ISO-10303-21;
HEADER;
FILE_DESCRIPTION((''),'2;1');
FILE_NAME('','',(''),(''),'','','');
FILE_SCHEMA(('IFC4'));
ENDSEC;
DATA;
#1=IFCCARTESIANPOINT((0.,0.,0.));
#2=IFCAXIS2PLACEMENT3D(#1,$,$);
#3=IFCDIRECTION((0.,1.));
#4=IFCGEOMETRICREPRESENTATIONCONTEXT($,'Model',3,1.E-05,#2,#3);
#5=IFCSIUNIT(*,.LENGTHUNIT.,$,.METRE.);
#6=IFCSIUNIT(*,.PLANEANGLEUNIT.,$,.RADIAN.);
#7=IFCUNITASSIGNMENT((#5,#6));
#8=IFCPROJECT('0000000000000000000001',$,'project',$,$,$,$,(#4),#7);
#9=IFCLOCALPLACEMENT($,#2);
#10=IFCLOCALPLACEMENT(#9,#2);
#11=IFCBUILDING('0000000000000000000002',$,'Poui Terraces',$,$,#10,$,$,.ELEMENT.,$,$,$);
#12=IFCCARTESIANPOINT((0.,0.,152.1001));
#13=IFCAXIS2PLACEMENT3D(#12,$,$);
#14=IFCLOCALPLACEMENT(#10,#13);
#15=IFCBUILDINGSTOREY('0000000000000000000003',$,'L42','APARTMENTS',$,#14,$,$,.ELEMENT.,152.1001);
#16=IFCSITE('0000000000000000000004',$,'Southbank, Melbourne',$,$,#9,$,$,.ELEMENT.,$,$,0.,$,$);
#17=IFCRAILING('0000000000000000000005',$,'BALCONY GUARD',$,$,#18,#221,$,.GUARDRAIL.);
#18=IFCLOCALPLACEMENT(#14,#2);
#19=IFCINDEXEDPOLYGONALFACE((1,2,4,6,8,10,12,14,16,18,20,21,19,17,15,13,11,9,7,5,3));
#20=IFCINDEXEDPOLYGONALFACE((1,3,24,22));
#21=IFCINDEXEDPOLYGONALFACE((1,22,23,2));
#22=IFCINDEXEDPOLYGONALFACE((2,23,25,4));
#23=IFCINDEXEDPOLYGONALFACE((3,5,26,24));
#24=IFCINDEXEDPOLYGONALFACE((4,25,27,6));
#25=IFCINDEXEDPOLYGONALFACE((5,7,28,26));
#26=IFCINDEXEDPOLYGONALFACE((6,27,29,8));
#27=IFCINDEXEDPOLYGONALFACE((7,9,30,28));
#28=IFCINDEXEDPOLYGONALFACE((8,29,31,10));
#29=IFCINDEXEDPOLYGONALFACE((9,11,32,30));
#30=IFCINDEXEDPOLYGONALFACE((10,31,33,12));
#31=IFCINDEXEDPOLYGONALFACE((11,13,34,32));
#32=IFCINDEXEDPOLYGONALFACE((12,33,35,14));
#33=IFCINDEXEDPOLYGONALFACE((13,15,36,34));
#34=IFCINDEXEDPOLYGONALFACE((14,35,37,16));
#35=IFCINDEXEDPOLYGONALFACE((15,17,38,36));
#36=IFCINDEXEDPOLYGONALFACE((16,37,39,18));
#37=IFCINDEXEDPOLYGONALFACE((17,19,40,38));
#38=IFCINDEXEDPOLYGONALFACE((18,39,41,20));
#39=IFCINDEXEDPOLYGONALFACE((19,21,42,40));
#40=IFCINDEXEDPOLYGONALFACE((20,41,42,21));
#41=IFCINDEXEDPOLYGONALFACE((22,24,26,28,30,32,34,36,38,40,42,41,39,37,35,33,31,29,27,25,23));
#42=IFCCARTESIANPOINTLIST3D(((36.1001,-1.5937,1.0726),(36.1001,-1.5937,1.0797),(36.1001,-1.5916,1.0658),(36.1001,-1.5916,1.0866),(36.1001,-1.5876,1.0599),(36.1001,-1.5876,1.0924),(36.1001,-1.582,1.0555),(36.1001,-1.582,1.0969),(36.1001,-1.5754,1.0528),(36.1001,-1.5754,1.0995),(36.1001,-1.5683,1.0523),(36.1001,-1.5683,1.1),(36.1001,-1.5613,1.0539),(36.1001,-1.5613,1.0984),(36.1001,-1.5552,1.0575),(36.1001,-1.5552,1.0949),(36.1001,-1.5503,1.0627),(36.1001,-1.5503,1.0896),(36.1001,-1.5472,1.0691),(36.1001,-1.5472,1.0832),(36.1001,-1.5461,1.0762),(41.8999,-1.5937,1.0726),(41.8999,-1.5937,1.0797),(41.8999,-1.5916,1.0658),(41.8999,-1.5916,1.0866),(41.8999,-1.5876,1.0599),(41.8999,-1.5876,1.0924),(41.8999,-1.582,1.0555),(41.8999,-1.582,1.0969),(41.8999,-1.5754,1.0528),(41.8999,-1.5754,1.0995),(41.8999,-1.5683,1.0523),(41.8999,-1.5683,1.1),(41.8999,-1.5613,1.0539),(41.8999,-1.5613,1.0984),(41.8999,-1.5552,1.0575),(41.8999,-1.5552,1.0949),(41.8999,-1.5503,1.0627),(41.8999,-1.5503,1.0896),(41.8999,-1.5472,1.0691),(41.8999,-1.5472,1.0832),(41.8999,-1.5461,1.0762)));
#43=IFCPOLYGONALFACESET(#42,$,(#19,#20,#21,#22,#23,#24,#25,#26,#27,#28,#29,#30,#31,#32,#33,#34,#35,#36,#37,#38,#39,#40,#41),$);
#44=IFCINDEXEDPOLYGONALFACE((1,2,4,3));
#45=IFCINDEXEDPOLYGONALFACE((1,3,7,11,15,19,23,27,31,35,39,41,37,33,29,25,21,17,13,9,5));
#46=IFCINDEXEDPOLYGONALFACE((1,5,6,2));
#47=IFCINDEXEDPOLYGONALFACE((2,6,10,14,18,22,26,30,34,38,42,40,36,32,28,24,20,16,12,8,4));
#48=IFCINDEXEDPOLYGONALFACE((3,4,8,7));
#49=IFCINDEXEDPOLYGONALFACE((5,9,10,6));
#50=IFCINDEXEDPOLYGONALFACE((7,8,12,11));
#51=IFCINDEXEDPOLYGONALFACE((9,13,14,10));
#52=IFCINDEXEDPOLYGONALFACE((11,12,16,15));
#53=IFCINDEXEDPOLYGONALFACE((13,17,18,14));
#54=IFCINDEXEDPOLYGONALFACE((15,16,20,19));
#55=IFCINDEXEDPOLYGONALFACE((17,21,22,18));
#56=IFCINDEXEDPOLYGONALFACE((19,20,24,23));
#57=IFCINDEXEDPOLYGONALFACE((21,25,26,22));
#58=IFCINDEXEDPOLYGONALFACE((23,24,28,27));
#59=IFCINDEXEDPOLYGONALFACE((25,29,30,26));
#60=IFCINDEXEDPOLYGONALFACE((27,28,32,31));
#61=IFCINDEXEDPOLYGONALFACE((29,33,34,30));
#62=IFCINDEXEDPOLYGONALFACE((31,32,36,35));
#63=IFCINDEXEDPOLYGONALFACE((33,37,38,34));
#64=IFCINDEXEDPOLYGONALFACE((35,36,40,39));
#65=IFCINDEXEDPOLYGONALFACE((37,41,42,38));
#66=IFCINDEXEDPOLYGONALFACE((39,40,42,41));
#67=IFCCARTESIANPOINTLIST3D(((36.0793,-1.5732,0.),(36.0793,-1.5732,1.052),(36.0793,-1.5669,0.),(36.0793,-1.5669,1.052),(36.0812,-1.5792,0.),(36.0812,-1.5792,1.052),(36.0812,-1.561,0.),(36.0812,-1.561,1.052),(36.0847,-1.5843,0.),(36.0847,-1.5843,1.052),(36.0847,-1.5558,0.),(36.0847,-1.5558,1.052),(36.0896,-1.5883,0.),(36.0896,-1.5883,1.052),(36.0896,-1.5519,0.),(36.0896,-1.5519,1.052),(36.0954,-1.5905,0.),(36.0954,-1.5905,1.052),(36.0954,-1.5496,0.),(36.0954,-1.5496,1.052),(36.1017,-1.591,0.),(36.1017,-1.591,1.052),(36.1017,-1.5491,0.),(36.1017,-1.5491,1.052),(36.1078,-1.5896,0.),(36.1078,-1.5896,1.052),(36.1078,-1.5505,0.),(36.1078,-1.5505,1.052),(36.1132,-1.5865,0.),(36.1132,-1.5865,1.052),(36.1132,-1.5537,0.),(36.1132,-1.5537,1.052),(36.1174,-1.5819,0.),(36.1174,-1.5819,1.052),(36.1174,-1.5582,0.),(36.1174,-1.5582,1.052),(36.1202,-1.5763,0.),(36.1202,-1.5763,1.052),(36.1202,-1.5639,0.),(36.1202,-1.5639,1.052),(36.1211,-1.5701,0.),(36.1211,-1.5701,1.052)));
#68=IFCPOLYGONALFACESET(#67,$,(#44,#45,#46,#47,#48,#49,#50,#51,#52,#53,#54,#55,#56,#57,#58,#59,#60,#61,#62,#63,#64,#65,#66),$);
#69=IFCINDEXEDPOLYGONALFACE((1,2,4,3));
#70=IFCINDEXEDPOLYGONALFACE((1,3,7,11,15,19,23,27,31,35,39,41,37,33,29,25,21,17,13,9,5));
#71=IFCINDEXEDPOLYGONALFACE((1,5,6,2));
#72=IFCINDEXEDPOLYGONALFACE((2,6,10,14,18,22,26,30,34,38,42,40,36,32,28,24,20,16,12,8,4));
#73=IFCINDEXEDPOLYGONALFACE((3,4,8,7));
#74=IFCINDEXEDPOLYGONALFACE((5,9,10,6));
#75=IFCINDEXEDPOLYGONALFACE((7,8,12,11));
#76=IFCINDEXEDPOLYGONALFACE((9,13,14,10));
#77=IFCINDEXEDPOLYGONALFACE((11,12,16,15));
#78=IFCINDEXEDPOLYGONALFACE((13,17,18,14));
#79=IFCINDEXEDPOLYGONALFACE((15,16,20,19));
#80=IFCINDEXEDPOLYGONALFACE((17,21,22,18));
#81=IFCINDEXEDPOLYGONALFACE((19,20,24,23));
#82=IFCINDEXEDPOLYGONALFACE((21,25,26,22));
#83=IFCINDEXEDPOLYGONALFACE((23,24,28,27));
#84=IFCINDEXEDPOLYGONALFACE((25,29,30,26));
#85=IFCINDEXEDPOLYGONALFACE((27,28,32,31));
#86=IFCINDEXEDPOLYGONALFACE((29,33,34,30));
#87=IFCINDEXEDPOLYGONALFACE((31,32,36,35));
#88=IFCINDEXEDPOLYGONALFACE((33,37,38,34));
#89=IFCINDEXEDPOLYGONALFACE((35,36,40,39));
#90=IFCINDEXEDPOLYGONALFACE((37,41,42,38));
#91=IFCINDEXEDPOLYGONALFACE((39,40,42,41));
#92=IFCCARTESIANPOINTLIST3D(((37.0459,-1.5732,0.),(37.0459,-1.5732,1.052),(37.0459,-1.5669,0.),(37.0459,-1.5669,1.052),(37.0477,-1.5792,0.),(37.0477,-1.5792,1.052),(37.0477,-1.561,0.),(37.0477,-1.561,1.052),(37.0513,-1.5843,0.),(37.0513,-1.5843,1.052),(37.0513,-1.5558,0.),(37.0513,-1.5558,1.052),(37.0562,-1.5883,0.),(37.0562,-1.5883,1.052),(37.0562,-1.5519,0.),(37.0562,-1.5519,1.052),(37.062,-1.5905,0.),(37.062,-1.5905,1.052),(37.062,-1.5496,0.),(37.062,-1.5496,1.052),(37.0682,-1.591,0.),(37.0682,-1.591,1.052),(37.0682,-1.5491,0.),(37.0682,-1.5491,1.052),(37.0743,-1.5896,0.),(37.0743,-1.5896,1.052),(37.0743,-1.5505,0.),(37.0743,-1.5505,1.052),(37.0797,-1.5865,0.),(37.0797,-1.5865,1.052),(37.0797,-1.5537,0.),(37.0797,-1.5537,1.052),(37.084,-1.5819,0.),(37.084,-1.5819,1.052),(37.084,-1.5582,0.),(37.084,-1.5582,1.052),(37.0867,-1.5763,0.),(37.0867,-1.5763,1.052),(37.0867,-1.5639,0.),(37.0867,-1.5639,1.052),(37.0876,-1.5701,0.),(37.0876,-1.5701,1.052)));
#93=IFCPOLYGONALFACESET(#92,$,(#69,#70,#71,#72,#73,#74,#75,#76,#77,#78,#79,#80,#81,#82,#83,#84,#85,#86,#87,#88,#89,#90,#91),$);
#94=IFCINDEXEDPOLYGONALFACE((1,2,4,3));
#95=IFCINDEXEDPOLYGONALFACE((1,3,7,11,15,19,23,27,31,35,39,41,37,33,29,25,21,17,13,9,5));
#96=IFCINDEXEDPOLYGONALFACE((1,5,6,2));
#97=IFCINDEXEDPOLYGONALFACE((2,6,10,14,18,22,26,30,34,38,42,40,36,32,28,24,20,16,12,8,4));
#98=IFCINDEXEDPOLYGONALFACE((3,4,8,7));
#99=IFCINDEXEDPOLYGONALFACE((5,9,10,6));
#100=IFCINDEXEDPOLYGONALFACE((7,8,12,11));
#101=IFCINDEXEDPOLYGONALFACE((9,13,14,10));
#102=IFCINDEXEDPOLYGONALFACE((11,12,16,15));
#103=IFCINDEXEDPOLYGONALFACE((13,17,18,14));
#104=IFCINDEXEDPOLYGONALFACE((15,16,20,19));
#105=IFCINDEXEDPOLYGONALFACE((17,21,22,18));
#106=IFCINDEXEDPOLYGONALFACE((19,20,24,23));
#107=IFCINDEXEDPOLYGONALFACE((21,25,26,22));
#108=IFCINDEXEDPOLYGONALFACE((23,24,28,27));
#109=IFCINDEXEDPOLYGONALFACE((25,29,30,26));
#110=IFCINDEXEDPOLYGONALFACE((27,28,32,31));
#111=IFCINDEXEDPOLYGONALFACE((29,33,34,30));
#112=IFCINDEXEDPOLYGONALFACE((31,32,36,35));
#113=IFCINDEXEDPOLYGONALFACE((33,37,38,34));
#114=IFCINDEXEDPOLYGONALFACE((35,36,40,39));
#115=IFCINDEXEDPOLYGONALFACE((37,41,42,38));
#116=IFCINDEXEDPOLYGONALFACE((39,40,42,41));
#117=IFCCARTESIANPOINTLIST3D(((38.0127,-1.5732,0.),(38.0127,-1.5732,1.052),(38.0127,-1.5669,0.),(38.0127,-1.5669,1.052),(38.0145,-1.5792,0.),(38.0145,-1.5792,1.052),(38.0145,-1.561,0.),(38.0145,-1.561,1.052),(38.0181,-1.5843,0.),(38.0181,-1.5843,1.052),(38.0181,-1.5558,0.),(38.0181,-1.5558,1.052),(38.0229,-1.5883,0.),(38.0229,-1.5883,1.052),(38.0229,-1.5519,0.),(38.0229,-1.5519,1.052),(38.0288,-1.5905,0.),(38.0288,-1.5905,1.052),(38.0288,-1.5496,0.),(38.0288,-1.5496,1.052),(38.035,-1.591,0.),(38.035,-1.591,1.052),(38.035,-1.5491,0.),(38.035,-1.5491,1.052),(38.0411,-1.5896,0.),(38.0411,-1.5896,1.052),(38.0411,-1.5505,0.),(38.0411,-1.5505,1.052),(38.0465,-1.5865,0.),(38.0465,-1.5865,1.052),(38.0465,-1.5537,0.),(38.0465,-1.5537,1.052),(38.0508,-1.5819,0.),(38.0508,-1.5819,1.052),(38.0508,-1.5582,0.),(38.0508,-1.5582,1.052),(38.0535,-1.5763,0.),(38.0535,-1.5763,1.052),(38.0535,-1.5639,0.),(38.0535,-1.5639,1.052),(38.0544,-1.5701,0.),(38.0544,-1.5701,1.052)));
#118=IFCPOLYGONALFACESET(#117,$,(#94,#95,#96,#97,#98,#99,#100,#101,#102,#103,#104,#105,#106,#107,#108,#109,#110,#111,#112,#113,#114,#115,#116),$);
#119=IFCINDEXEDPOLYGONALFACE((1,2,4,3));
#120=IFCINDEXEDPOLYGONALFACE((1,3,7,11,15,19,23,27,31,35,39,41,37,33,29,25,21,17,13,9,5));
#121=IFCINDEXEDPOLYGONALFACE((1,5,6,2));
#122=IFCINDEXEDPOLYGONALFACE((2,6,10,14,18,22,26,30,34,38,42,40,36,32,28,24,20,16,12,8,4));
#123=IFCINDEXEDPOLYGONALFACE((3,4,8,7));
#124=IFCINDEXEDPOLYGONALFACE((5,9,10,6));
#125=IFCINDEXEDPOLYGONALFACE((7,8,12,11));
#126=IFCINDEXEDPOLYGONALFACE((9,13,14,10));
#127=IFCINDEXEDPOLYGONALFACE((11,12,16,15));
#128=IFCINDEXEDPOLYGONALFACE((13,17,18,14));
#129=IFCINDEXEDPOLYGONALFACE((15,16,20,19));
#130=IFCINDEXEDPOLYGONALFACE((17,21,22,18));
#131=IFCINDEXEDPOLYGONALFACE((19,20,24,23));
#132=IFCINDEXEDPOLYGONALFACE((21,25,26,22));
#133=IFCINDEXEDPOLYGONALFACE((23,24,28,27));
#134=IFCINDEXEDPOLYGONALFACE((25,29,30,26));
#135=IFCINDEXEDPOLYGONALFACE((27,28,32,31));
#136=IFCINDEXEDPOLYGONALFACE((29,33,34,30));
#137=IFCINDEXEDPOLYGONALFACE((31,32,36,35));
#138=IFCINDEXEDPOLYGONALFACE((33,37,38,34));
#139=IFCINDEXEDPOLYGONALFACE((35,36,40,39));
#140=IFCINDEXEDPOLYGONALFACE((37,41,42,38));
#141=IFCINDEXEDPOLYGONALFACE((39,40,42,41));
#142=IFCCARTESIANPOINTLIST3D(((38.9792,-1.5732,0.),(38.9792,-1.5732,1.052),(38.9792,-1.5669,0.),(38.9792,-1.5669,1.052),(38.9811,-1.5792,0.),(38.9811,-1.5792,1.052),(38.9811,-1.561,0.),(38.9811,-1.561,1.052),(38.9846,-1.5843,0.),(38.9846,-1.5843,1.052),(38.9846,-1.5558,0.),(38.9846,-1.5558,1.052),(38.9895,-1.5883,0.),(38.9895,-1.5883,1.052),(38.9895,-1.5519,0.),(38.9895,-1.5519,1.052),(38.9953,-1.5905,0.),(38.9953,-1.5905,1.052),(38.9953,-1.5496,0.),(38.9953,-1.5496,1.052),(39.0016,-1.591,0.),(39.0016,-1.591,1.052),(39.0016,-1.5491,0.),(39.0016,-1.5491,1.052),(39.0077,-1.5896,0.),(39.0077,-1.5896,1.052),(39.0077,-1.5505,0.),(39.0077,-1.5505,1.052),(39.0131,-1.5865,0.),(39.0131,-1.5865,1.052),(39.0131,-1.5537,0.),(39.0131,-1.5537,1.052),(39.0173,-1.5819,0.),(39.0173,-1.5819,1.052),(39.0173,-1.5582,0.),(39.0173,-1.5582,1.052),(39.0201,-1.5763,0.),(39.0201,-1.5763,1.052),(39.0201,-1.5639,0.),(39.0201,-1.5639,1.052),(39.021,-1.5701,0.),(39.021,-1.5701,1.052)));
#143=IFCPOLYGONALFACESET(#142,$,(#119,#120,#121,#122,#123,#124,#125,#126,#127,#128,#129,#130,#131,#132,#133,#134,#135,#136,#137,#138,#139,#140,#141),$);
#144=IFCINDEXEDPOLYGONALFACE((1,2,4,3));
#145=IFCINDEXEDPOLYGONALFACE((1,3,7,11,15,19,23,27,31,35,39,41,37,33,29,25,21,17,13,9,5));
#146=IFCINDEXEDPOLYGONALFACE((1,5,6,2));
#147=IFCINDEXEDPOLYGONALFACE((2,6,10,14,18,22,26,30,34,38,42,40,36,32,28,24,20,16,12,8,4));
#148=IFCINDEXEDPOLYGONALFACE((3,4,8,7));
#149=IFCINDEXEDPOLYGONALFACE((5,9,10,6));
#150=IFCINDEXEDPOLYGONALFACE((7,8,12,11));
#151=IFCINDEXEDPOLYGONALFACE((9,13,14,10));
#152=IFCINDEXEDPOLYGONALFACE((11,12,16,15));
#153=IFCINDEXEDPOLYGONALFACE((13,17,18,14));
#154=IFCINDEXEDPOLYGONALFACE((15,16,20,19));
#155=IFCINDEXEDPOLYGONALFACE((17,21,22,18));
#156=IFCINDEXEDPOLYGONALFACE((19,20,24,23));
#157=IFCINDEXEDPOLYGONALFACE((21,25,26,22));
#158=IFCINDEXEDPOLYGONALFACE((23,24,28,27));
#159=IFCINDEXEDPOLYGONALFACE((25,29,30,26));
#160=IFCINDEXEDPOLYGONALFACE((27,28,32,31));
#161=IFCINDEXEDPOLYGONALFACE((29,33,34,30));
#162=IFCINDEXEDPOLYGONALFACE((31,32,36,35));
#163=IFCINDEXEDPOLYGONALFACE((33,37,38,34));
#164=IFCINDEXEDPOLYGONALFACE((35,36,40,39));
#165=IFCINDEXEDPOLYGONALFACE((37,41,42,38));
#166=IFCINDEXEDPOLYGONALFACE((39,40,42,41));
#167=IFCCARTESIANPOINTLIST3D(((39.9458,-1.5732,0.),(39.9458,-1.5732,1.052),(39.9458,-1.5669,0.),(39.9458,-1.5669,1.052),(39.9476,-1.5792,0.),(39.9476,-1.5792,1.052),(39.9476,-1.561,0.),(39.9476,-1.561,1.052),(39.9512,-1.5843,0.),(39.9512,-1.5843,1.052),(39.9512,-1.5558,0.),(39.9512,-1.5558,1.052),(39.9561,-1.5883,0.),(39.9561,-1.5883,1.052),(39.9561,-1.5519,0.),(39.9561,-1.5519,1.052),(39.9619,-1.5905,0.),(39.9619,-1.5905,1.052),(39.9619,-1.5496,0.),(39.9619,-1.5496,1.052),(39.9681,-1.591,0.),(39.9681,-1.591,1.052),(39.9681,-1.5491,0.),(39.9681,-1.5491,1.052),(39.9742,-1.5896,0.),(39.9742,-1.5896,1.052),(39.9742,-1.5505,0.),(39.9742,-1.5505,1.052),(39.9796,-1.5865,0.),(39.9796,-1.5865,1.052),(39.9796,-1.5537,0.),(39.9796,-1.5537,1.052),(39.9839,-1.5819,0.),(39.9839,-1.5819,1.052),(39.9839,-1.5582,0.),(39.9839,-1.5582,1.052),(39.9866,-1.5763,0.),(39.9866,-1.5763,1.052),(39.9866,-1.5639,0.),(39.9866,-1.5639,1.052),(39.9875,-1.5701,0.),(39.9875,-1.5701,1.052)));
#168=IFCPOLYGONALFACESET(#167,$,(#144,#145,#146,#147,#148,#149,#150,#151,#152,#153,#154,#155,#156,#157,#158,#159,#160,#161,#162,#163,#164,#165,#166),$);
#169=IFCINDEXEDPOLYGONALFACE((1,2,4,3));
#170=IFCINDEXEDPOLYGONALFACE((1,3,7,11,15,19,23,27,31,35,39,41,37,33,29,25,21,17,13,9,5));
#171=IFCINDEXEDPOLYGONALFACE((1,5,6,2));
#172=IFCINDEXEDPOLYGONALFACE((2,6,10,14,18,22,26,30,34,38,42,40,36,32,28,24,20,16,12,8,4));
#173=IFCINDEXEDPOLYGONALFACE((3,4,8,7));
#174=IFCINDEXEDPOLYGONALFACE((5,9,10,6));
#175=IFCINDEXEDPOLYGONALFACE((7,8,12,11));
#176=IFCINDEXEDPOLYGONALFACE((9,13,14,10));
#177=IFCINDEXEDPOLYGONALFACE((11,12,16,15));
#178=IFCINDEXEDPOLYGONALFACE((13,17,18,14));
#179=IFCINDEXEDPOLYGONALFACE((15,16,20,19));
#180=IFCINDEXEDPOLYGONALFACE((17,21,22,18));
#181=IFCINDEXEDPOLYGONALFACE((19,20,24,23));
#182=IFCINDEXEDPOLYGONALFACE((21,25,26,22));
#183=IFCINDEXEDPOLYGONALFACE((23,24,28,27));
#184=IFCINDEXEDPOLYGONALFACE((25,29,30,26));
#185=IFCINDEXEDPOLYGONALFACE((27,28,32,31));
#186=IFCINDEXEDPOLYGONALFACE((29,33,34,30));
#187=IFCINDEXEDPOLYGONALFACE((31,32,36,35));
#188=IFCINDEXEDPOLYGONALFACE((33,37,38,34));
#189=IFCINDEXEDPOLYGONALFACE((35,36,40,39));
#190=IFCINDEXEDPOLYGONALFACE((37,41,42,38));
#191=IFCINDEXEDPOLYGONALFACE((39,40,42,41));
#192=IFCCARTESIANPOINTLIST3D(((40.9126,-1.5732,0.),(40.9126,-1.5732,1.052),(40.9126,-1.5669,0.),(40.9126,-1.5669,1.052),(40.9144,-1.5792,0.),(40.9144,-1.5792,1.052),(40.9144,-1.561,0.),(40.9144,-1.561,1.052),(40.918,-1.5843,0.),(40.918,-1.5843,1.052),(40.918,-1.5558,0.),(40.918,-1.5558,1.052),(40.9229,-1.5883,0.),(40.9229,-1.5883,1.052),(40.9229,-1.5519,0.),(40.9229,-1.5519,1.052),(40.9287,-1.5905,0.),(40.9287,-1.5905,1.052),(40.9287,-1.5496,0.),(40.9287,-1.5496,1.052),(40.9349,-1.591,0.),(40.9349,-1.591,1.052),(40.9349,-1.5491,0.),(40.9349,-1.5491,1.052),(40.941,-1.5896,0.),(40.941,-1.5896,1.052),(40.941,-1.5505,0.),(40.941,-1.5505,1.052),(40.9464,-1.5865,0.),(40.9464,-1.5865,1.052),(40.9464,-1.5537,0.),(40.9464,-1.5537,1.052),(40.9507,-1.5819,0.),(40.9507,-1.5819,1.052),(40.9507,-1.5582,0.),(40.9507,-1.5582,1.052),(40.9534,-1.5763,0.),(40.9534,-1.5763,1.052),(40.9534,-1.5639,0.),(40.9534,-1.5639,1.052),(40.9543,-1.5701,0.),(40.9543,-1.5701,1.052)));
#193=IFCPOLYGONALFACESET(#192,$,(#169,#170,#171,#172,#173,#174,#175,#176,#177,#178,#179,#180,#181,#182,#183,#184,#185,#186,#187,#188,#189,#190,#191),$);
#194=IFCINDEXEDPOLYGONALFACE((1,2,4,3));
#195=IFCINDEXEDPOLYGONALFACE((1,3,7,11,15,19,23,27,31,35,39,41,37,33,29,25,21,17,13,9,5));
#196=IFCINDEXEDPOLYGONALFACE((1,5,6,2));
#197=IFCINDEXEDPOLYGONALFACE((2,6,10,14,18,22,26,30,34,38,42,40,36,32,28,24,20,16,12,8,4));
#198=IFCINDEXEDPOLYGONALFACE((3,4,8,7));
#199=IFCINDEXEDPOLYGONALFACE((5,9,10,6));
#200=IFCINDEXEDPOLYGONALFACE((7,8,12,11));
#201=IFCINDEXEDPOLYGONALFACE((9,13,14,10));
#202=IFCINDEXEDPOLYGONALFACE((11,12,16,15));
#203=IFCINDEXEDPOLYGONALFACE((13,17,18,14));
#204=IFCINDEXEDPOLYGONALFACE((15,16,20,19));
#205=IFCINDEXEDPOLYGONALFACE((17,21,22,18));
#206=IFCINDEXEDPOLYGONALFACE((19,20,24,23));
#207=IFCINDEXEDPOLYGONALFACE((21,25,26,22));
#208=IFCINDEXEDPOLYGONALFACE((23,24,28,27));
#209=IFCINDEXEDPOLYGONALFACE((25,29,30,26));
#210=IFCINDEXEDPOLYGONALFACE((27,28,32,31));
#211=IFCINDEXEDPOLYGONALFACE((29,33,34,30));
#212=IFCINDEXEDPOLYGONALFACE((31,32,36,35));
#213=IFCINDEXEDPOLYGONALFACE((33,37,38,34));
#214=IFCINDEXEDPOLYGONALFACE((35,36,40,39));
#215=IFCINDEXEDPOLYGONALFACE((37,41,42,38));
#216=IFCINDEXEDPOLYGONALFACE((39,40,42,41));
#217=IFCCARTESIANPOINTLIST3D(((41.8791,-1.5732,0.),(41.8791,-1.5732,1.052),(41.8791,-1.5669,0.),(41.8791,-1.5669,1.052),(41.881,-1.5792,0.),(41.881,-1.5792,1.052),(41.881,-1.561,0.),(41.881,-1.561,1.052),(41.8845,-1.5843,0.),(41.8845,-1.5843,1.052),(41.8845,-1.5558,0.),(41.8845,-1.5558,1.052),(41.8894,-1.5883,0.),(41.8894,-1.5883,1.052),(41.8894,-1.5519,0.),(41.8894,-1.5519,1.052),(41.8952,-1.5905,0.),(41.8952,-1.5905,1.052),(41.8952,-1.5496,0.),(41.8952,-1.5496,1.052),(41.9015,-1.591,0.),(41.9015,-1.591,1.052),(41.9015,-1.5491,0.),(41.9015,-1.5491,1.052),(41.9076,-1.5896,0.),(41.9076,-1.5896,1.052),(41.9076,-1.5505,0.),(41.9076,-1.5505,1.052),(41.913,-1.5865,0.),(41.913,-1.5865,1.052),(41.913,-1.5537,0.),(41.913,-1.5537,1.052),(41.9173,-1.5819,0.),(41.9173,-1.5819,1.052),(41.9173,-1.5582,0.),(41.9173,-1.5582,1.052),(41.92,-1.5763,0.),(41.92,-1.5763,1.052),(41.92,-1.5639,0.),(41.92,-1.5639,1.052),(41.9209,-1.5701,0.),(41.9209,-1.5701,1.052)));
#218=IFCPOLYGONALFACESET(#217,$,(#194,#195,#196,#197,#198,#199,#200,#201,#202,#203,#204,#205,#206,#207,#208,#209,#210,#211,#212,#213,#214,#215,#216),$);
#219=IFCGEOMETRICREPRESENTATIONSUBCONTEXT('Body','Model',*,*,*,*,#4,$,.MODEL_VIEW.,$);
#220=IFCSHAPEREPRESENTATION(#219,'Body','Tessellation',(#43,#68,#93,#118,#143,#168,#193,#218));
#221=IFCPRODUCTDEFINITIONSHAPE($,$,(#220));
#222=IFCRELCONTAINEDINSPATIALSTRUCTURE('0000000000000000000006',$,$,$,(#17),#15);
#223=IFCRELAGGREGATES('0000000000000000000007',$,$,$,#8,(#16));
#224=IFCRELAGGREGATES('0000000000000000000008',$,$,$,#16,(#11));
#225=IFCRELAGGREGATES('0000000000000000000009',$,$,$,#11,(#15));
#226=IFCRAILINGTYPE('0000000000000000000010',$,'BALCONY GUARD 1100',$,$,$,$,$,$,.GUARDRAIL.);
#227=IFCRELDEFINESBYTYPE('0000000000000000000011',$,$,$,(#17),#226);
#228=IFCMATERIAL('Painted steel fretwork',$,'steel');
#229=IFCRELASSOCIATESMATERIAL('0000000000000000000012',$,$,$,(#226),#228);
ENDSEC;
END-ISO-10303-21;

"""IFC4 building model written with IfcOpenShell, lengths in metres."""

from ifc_helpers import new_model, si_unit, direction, frame, origin, origin_2d, place, context, subcontext, project, spatial, circle, extrude, material, type_object, element, save


model = new_model("IFC4")

# Units and contexts
model_context = context("Model", 3, precision=1e-05, world=origin(), true_north=direction((0.0, 1.0)))
body_context = subcontext(model_context, "Body", "Model", "MODEL_VIEW")
ifc_project = project(units=[si_unit("LENGTHUNIT", "METRE"), si_unit("PLANEANGLEUNIT", "RADIAN")], contexts=[model_context])

# Site, building, storey
site_placement = place(None, origin())
site = spatial("IfcSite", under=ifc_project, at=site_placement, Name="Southbank, Melbourne", CompositionType="ELEMENT", RefElevation=0.0)
building_placement = place(site_placement, origin())
building = spatial("IfcBuilding", under=site, at=building_placement, Name="Poui Terraces", CompositionType="ELEMENT")
storey_placement = place(building_placement, frame((0.0, 0.0, 152.1001)))
storey = spatial("IfcBuildingStorey", under=building, at=storey_placement, Name="L42", Description="APARTMENTS", CompositionType="ELEMENT", Elevation=152.1001)

# Railing
ifc_material_1 = material(Name="Painted steel fretwork", Category="steel")
railing_type = type_object("IfcRailingType", Name="BALCONY GUARD 1100", PredefinedType="GUARDRAIL", material=ifc_material_1)
railing_placement = place(storey_placement, frame((36.1001, -1.5701, 0.0)))
element("IfcRailing", 1, at=railing_placement, inside=storey, type_object=railing_type, Name="BALCONY GUARD", PredefinedType="GUARDRAIL", context=body_context, shape_type="SweptSolid", body=[
    extrude(circle(Radius=0.0239, at=origin_2d()), frame((0.0, 0.0, 1.0762), z_axis=(1.0, 0.0, 0.0), x_axis=(0.0, 1.0, 0.0)), (0.0, 0.0, 1.0), 5.7998),
    extrude(circle(Radius=0.021, at=origin_2d()), origin(), (0.0, 0.0, 1.0), 1.052),
    extrude(circle(Radius=0.021, at=origin_2d()), frame((0.9666, 0.0, 0.0)), (0.0, 0.0, 1.0), 1.052),
    extrude(circle(Radius=0.021, at=origin_2d()), frame((1.9333, 0.0, 0.0)), (0.0, 0.0, 1.0), 1.052),
    extrude(circle(Radius=0.021, at=origin_2d()), frame((2.8999, 0.0, 0.0)), (0.0, 0.0, 1.0), 1.052),
    extrude(circle(Radius=0.021, at=origin_2d()), frame((3.8665, 0.0, 0.0)), (0.0, 0.0, 1.0), 1.052),
    extrude(circle(Radius=0.021, at=origin_2d()), frame((4.8333, 0.0, 0.0)), (0.0, 0.0, 1.0), 1.052),
    extrude(circle(Radius=0.021, at=origin_2d()), frame((5.7998, 0.0, 0.0)), (0.0, 0.0, 1.0), 1.052),
])

save(model, "model.ifc")
